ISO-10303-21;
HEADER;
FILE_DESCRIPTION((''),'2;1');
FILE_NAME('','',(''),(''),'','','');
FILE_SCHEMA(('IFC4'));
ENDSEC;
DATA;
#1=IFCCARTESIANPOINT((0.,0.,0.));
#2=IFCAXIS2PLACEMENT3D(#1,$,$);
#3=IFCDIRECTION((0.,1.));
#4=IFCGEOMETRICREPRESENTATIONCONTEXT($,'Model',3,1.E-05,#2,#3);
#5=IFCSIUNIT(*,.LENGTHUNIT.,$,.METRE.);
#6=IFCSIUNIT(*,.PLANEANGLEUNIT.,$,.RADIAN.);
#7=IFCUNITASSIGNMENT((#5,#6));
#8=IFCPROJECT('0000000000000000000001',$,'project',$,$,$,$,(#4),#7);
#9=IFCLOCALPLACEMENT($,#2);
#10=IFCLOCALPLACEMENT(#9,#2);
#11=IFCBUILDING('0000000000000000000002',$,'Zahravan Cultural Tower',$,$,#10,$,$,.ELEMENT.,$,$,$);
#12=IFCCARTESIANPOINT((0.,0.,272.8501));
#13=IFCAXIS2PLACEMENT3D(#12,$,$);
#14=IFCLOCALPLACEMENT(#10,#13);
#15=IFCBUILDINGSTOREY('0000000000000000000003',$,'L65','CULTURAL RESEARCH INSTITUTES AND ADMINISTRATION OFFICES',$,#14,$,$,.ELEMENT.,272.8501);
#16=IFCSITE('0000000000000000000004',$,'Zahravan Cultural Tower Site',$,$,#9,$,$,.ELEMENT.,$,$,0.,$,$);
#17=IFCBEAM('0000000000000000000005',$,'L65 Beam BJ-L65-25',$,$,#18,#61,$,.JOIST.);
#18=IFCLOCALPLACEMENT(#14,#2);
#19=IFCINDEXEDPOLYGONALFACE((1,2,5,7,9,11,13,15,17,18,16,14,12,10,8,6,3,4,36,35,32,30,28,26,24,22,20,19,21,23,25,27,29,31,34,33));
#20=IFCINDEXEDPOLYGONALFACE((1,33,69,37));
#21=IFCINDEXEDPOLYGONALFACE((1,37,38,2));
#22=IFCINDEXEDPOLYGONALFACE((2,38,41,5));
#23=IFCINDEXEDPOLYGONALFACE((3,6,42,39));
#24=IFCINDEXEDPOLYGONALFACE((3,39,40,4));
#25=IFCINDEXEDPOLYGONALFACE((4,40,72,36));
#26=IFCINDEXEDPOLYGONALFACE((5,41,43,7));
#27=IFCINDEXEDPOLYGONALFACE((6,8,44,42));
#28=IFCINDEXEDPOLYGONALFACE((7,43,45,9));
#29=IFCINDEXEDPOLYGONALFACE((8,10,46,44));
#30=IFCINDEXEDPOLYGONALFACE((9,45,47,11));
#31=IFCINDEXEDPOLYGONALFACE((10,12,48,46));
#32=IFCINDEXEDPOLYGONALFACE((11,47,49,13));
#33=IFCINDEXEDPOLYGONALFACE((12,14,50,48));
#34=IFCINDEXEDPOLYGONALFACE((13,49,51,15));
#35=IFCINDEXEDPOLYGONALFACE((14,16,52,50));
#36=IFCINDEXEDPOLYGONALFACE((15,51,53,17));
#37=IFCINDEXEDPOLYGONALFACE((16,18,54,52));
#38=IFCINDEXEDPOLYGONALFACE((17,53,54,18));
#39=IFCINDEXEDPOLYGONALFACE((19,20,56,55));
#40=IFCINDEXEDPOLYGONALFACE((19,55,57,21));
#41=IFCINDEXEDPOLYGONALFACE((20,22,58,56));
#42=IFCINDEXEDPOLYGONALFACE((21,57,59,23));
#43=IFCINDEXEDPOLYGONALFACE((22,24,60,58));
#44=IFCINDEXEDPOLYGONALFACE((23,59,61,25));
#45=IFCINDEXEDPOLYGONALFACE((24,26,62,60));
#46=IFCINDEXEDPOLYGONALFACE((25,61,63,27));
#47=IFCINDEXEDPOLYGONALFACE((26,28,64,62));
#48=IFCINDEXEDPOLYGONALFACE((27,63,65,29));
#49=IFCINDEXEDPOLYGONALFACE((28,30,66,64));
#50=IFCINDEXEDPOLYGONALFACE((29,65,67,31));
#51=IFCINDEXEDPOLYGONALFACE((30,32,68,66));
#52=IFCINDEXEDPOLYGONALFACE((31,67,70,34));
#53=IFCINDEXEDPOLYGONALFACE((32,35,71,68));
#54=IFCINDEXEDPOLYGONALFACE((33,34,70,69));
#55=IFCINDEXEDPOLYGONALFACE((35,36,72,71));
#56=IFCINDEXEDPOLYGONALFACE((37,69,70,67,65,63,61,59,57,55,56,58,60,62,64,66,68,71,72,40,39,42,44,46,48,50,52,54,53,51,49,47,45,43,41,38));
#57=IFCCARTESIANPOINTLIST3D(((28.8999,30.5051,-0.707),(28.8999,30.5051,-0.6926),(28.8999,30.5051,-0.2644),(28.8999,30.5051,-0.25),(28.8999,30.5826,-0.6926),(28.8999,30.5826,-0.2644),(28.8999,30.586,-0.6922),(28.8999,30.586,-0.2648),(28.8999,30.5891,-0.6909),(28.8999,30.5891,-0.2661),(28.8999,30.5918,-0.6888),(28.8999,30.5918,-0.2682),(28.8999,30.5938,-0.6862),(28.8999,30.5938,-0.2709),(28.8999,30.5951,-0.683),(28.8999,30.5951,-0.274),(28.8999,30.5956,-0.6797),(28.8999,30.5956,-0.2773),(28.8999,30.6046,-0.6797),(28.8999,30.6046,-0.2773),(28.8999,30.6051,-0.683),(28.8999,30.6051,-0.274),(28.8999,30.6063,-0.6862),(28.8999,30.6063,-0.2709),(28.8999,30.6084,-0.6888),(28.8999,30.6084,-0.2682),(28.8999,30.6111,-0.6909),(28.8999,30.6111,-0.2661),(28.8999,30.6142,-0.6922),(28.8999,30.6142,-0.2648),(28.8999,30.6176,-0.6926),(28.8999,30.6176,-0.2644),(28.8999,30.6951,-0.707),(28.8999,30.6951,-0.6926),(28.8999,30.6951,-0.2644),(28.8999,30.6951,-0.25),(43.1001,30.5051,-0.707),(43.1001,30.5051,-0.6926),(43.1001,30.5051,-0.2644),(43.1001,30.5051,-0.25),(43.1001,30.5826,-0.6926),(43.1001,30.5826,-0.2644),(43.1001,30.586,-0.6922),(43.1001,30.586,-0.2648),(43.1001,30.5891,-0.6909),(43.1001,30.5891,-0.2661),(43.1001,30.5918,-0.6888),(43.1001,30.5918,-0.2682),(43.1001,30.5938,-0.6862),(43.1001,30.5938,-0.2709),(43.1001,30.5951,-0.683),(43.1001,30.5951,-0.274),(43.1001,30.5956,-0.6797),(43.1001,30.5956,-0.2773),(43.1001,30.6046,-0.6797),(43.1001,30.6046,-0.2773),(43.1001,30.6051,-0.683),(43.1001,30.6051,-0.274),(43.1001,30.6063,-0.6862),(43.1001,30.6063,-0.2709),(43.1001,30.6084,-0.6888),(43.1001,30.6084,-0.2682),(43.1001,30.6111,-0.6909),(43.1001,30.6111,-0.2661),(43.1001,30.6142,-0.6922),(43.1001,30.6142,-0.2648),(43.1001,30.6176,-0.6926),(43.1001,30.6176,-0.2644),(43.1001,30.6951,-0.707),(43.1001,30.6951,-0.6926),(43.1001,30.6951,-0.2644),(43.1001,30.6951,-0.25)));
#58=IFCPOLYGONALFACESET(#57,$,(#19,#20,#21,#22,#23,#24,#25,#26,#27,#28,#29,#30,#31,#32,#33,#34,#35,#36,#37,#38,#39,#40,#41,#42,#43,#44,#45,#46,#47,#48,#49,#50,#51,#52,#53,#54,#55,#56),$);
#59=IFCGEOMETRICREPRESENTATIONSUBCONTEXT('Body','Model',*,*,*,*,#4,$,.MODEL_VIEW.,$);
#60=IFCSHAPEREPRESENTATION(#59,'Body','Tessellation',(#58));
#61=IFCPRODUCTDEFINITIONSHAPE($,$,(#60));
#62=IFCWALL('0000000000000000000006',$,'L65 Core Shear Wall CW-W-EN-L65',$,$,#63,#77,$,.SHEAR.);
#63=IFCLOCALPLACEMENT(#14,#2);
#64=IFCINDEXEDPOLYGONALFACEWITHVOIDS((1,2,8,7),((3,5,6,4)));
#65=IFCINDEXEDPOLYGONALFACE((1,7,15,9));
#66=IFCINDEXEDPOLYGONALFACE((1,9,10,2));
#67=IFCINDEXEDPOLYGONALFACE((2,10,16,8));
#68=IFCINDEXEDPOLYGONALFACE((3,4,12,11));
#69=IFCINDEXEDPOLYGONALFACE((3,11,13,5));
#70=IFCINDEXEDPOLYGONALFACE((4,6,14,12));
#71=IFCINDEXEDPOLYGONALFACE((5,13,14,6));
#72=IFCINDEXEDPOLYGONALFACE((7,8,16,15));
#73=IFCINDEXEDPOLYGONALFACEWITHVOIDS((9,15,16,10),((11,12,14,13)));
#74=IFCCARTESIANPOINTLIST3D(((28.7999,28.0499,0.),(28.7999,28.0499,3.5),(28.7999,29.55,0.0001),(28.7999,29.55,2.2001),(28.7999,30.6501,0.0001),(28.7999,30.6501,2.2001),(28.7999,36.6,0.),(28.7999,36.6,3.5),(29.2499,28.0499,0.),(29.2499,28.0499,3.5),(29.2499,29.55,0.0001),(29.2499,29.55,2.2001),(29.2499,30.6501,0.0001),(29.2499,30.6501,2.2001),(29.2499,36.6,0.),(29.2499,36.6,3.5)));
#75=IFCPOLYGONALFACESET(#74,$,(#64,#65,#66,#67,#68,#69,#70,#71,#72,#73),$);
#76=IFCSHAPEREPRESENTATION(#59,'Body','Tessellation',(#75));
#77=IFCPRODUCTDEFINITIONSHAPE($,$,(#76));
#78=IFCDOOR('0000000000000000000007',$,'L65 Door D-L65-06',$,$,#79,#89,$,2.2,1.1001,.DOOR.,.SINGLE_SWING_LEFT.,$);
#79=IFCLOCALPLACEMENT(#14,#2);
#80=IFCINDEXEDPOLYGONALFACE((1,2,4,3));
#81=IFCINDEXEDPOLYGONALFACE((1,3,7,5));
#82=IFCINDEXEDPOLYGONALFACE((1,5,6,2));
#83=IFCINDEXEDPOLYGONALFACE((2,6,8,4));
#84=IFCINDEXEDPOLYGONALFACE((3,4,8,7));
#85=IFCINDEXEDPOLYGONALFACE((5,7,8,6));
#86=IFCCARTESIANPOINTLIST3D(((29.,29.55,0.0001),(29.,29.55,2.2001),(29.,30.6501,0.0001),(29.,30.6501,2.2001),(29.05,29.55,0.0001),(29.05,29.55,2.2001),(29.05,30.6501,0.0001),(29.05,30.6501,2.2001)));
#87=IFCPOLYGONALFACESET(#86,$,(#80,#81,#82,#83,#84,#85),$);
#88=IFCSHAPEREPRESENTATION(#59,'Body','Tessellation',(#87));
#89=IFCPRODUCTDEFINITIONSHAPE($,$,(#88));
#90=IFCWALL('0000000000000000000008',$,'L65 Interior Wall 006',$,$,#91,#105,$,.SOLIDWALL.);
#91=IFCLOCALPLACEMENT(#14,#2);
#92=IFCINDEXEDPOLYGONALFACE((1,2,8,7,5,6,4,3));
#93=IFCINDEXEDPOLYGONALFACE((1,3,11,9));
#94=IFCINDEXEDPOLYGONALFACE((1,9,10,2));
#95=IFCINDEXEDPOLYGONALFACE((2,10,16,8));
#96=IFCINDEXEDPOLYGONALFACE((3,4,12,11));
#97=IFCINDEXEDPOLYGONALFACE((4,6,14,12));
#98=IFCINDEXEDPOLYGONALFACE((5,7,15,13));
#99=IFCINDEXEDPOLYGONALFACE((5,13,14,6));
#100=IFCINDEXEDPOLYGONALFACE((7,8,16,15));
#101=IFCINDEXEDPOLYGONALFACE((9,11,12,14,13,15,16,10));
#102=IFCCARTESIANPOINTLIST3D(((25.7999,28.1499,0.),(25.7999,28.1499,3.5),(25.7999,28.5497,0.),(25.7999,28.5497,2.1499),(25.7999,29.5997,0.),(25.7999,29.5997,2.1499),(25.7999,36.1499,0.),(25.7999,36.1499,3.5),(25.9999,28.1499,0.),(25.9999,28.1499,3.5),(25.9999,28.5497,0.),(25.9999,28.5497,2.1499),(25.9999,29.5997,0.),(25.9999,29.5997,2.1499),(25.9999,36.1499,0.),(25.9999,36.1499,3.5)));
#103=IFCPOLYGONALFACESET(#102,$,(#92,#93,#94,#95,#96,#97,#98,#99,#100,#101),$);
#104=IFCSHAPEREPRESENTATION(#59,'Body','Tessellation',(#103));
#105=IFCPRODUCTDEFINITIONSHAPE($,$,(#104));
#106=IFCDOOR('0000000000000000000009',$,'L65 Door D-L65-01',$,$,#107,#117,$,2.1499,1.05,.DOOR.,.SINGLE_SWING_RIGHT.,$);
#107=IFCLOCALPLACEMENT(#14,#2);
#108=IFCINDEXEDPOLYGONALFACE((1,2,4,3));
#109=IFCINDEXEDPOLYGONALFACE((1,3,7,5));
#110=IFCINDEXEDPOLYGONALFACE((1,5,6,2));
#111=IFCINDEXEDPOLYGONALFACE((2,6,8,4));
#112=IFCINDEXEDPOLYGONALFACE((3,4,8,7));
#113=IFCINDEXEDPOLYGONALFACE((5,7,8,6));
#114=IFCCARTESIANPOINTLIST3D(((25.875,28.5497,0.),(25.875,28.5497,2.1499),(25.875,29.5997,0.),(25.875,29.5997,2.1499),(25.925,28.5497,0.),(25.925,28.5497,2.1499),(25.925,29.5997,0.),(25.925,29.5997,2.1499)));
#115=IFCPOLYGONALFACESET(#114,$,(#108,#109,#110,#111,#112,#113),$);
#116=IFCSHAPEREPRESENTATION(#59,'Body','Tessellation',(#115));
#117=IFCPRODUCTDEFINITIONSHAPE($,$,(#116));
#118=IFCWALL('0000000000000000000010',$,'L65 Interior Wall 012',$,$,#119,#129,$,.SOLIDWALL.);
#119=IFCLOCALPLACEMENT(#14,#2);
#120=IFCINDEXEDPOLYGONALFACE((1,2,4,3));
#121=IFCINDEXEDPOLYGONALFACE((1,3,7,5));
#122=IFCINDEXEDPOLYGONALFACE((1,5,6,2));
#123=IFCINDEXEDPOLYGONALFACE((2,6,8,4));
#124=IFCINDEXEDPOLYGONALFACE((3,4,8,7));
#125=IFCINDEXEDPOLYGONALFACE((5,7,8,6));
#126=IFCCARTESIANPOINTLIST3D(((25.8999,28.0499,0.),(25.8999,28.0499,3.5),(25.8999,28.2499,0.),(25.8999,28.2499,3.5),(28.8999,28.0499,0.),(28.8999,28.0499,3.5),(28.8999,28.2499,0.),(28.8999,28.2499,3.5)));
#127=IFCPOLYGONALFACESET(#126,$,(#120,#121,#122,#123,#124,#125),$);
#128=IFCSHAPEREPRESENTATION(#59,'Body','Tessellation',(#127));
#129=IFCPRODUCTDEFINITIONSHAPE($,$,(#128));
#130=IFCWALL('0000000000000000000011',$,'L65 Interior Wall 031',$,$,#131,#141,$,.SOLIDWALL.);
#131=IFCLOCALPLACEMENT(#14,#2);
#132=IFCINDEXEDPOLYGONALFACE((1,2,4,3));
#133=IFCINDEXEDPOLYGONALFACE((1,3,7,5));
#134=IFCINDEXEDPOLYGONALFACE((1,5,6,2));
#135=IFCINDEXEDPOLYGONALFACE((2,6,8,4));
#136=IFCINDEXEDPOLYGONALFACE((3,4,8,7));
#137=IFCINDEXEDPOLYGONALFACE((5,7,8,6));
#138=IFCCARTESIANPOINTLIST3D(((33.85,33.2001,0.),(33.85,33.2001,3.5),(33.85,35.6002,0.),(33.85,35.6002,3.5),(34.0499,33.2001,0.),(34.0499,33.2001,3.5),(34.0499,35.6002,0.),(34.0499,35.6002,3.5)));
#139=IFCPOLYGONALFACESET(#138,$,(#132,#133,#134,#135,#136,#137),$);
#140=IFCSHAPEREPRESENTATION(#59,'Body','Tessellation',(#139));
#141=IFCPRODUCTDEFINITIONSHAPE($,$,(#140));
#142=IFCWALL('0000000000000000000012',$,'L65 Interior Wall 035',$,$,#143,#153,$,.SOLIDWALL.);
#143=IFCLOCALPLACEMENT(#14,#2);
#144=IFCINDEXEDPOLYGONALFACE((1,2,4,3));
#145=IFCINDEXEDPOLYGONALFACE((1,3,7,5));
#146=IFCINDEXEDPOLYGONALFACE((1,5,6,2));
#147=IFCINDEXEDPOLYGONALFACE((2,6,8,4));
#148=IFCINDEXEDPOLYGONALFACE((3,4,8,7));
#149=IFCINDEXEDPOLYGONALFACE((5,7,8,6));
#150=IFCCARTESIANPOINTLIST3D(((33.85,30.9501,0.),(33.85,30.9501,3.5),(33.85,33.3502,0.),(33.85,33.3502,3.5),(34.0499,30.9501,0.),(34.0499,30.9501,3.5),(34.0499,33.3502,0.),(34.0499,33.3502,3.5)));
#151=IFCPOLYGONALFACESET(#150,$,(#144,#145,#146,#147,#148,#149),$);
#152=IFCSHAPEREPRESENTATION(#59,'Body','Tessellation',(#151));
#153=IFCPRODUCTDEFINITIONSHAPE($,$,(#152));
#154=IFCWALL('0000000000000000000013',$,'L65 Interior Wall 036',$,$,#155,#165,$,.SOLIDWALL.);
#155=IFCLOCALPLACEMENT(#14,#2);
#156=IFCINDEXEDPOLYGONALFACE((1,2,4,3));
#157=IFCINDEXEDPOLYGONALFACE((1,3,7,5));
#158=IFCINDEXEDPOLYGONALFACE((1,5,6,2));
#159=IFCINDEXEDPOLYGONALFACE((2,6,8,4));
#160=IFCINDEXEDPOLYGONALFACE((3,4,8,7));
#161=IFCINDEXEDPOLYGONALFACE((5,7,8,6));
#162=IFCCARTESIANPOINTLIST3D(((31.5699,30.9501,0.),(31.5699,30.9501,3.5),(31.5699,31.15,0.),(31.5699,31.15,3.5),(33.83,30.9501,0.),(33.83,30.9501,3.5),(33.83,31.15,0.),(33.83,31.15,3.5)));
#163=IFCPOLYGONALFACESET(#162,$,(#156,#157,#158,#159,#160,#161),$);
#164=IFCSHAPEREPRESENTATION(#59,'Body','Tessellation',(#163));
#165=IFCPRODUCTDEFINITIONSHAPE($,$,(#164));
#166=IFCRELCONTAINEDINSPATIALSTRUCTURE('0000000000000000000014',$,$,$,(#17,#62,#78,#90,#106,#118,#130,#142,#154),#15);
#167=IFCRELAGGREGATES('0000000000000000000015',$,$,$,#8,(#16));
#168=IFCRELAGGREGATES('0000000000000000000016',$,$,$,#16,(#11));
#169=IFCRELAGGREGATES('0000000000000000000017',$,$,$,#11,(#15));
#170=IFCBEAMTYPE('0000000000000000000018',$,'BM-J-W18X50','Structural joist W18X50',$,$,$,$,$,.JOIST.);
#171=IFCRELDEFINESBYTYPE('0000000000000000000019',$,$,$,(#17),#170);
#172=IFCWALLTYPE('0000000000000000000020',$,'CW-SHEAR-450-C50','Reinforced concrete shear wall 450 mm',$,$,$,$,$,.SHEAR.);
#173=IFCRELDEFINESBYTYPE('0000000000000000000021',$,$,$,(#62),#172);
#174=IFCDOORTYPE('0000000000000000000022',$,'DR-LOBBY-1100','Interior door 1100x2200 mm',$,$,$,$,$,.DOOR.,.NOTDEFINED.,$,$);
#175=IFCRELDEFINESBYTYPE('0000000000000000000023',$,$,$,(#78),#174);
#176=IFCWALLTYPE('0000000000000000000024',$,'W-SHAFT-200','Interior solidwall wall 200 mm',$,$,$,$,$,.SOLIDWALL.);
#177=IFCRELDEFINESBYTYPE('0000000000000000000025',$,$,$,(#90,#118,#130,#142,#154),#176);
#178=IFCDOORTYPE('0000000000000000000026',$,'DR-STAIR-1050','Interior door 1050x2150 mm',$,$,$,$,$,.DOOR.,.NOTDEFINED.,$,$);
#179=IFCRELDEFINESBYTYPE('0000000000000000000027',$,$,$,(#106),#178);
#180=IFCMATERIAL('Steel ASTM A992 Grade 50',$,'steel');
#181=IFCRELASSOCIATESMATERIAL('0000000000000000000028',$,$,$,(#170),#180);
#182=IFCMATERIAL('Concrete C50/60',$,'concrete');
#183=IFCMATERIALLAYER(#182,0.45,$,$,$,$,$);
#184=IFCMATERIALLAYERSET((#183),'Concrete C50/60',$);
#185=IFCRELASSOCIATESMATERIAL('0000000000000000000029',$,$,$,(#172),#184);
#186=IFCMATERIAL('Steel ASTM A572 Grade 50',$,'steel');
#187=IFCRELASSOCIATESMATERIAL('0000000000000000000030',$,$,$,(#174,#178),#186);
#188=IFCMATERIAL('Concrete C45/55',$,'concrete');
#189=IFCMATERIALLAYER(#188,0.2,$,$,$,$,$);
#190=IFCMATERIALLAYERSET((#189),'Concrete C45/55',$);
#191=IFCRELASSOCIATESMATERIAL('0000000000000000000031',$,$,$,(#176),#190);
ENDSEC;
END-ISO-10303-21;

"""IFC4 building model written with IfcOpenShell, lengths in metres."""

from ifc_helpers import new_model, si_unit, direction, frame, frame_2d, origin, origin_2d, place, context, subcontext, project, spatial, rectangle, i_section, extrude, source, transform, mapped, material, layer, layer_set, material_profile, profile_set, type_object, element, fill, save


model = new_model("IFC4")

# Units and contexts
model_context = context("Model", 3, precision=1e-05, world=origin(), true_north=direction((0.0, 1.0)))
body_context = subcontext(model_context, "Body", "Model", "MODEL_VIEW")
ifc_project = project(units=[si_unit("LENGTHUNIT", "METRE"), si_unit("PLANEANGLEUNIT", "RADIAN")], contexts=[model_context])

# Site, building, storey
site_placement = place(None, origin())
site = spatial("IfcSite", under=ifc_project, at=site_placement, Name="Zahravan Cultural Tower Site", CompositionType="ELEMENT", RefElevation=0.0)
building_placement = place(site_placement, origin())
building = spatial("IfcBuilding", under=site, at=building_placement, Name="Zahravan Cultural Tower", CompositionType="ELEMENT")
storey_placement = place(building_placement, frame((0.0, 0.0, 272.8501)))
storey = spatial("IfcBuildingStorey", under=building, at=storey_placement, Name="L65", Description="CULTURAL RESEARCH INSTITUTES AND ADMINISTRATION OFFICES", CompositionType="ELEMENT", Elevation=272.8501)

# Beam
ifc_material_1 = material(Name="Steel ASTM A992 Grade 50", Category="steel")
ifc_material_profile = material_profile(ifc_material_1, i_section(OverallWidth=0.1899, OverallDepth=0.457, WebThickness=0.009, FlangeThickness=0.0144, FilletRadius=0.0129, at=origin_2d()), Name="W18X50")
ifc_profile_set = profile_set([ifc_material_profile], Name="Steel ASTM A992 Grade 50")
beam_type = type_object("IfcBeamType", Name="BM-J-W18X50", Description="Structural joist W18X50", PredefinedType="JOIST", material=ifc_profile_set)
shared_shape_1 = source(origin(), body_context, "Body", "SweptSolid", [
    extrude(i_section(OverallWidth=0.1899, OverallDepth=0.457, WebThickness=0.009, FlangeThickness=0.0144, FilletRadius=0.0129, at=origin_2d()), origin(), (0.0, 0.0, 1.0), 14.2002),
])
beam_placement = place(storey_placement, frame((28.8999, 30.6001, -0.4785), z_axis=(1.0, 0.0, 0.0), x_axis=(0.0, 1.0, 0.0)))
element("IfcBeam", 1, at=beam_placement, inside=storey, type_object=beam_type, Name="L65 Beam BJ-L65-25", PredefinedType="JOIST", context=body_context, shape_type="MappedRepresentation", body=[
    mapped(shared_shape_1, transform((0.0, 0.0, 0.0), x_axis=(1.0, 0.0, 0.0), y_axis=(0.0, 1.0, 0.0), z_axis=(0.0, 0.0, 1.0), scale=1.0)),
])

# Walls, openings, doors
ifc_material_2 = material(Name="Concrete C50/60", Category="concrete")
ifc_layer_1 = layer(ifc_material_2, 0.45)
ifc_layer_set_1 = layer_set([ifc_layer_1], Name="Concrete C50/60")
wall_type_1 = type_object("IfcWallType", Name="CW-SHEAR-450-C50", Description="Reinforced concrete shear wall 450 mm", PredefinedType="SHEAR", material=ifc_layer_set_1)
wall_1_placement = place(storey_placement, frame((29.0249, 28.05, 0.0), z_axis=(0.0, 0.0, 1.0), x_axis=(0.0, 1.0, 0.0)))
wall_1 = element("IfcWall", 2, at=wall_1_placement, inside=storey, type_object=wall_type_1, Name="L65 Core Shear Wall CW-W-EN-L65", PredefinedType="SHEAR", context=body_context, shape_type="SweptSolid", body=[
    extrude(rectangle(XDim=8.55, YDim=0.45, at=frame_2d((4.2749, 0.0))), origin(), (0.0, 0.0, 1.0), 3.5),
])
opening_1_placement = place(wall_1_placement, frame((1.5, 0.0, 0.0)))
opening_1 = element("IfcOpeningElement", 3, at=opening_1_placement, cuts=wall_1, PredefinedType="OPENING", context=body_context, shape_type="SweptSolid", body=[
    extrude(rectangle(XDim=1.1001, YDim=2.2, at=frame_2d((0.55, 1.1001))), frame((0.0, 0.2349, 0.0), z_axis=(0.0, -1.0, 0.0), x_axis=(1.0, 0.0, 0.0)), (0.0, 0.0, 1.0), 0.47),
])
ifc_material_3 = material(Name="Steel ASTM A572 Grade 50", Category="steel")
door_type_1 = type_object("IfcDoorType", Name="DR-LOBBY-1100", Description="Interior door 1100x2200 mm", OperationType="NOTDEFINED", PredefinedType="DOOR", material=ifc_material_3)
shared_shape_2 = source(origin(), body_context, "Body", "SweptSolid", [
    extrude(rectangle(XDim=1.1001, YDim=2.2, at=frame_2d((0.55, 1.1001))), frame((0.0, 0.0249, 0.0), z_axis=(0.0, -1.0, 0.0), x_axis=(1.0, 0.0, 0.0)), (0.0, 0.0, 1.0), 0.05),
])
door_1_placement = place(opening_1_placement, origin())
door_1 = element("IfcDoor", 4, at=door_1_placement, inside=storey, type_object=door_type_1, Name="L65 Door D-L65-06", OperationType="SINGLE_SWING_LEFT", OverallHeight=2.2, OverallWidth=1.1001, PredefinedType="DOOR", context=body_context, shape_type="MappedRepresentation", body=[
    mapped(shared_shape_2, transform((0.0, 0.0, 0.0), x_axis=(1.0, 0.0, 0.0), y_axis=(0.0, 1.0, 0.0), z_axis=(0.0, 0.0, 1.0), scale=1.0)),
])
fill(opening_1, door_1)
ifc_material_4 = material(Name="Concrete C45/55", Category="concrete")
ifc_layer_2 = layer(ifc_material_4, 0.2)
ifc_layer_set_2 = layer_set([ifc_layer_2], Name="Concrete C45/55")
wall_type_2 = type_object("IfcWallType", Name="W-SHAFT-200", Description="Interior solidwall wall 200 mm", PredefinedType="SOLIDWALL", material=ifc_layer_set_2)
wall_2_placement = place(storey_placement, frame((25.8999, 28.1499, 0.0), z_axis=(0.0, 0.0, 1.0), x_axis=(0.0, 1.0, 0.0)))
wall_2 = element("IfcWall", 5, at=wall_2_placement, inside=storey, type_object=wall_type_2, Name="L65 Interior Wall 006", PredefinedType="SOLIDWALL", context=body_context, shape_type="SweptSolid", body=[
    extrude(rectangle(XDim=8.0, YDim=0.2, at=frame_2d((4.0, 0.0))), origin(), (0.0, 0.0, 1.0), 3.5),
])
opening_2_placement = place(wall_2_placement, frame((0.3999, 0.0, 0.0)))
opening_2 = element("IfcOpeningElement", 6, at=opening_2_placement, cuts=wall_2, PredefinedType="OPENING", context=body_context, shape_type="SweptSolid", body=[
    extrude(rectangle(XDim=1.05, YDim=2.1499, at=frame_2d((0.5249, 1.075))), frame((0.0, 0.1099, 0.0), z_axis=(0.0, -1.0, 0.0), x_axis=(1.0, 0.0, 0.0)), (0.0, 0.0, 1.0), 0.22),
])
door_type_2 = type_object("IfcDoorType", Name="DR-STAIR-1050", Description="Interior door 1050x2150 mm", OperationType="NOTDEFINED", PredefinedType="DOOR", material=ifc_material_3)
shared_shape_3 = source(origin(), body_context, "Body", "SweptSolid", [
    extrude(rectangle(XDim=1.05, YDim=2.1499, at=frame_2d((0.5249, 1.075))), frame((0.0, 0.0249, 0.0), z_axis=(0.0, -1.0, 0.0), x_axis=(1.0, 0.0, 0.0)), (0.0, 0.0, 1.0), 0.05),
])
door_2_placement = place(opening_2_placement, origin())
door_2 = element("IfcDoor", 7, at=door_2_placement, inside=storey, type_object=door_type_2, Name="L65 Door D-L65-01", OperationType="SINGLE_SWING_RIGHT", OverallHeight=2.1499, OverallWidth=1.05, PredefinedType="DOOR", context=body_context, shape_type="MappedRepresentation", body=[
    mapped(shared_shape_3, transform((0.0, 0.0, 0.0), x_axis=(1.0, 0.0, 0.0), y_axis=(0.0, 1.0, 0.0), z_axis=(0.0, 0.0, 1.0), scale=1.0)),
])
fill(opening_2, door_2)

# Walls
shared_shape_4 = source(origin(), body_context, "Body", "SweptSolid", [
    extrude(rectangle(XDim=3.0, YDim=0.2, at=frame_2d((1.5, 0.0))), origin(), (0.0, 0.0, 1.0), 3.5),
])
wall_3_placement = place(storey_placement, frame((25.8999, 28.1499, 0.0), z_axis=(0.0, 0.0, 1.0), x_axis=(1.0, 0.0, 0.0)))
element("IfcWall", 8, at=wall_3_placement, inside=storey, type_object=wall_type_2, Name="L65 Interior Wall 012", PredefinedType="SOLIDWALL", context=body_context, shape_type="MappedRepresentation", body=[
    mapped(shared_shape_4, transform((0.0, 0.0, 0.0), x_axis=(1.0, 0.0, 0.0), y_axis=(0.0, 1.0, 0.0), z_axis=(0.0, 0.0, 1.0), scale=1.0)),
])
shared_shape_5 = source(origin(), body_context, "Body", "SweptSolid", [
    extrude(rectangle(XDim=2.4001, YDim=0.2, at=frame_2d((1.2002, 0.0))), origin(), (0.0, 0.0, 1.0), 3.5),
])
for number, where, z_axis, x_axis, name in (
    (9, (33.95, 33.2, 0.0), (0.0, 0.0, 1.0), (0.0, 1.0, 0.0), "L65 Interior Wall 031"),
    (10, (33.95, 30.95, 0.0), (0.0, 0.0, 1.0), (0.0, 1.0, 0.0), "L65 Interior Wall 035"),
):
    element("IfcWall", number, at=place(storey_placement, frame(where, z_axis=z_axis, x_axis=x_axis)), inside=storey, type_object=wall_type_2, Name=name, PredefinedType="SOLIDWALL", context=body_context, shape_type="MappedRepresentation", body=[
        mapped(shared_shape_5, transform((0.0, 0.0, 0.0), x_axis=(1.0, 0.0, 0.0), y_axis=(0.0, 1.0, 0.0), z_axis=(0.0, 0.0, 1.0), scale=1.0)),
    ])
shared_shape_6 = source(origin(), body_context, "Body", "SweptSolid", [
    extrude(rectangle(XDim=2.26, YDim=0.2, at=frame_2d((1.1299, 0.0))), origin(), (0.0, 0.0, 1.0), 3.5),
])
wall_4_placement = place(storey_placement, frame((31.5701, 31.05, 0.0), z_axis=(0.0, 0.0, 1.0), x_axis=(1.0, 0.0, 0.0)))
element("IfcWall", 11, at=wall_4_placement, inside=storey, type_object=wall_type_2, Name="L65 Interior Wall 036", PredefinedType="SOLIDWALL", context=body_context, shape_type="MappedRepresentation", body=[
    mapped(shared_shape_6, transform((0.0, 0.0, 0.0), x_axis=(1.0, 0.0, 0.0), y_axis=(0.0, 1.0, 0.0), z_axis=(0.0, 0.0, 1.0), scale=1.0)),
])

save(model, "model.ifc")
